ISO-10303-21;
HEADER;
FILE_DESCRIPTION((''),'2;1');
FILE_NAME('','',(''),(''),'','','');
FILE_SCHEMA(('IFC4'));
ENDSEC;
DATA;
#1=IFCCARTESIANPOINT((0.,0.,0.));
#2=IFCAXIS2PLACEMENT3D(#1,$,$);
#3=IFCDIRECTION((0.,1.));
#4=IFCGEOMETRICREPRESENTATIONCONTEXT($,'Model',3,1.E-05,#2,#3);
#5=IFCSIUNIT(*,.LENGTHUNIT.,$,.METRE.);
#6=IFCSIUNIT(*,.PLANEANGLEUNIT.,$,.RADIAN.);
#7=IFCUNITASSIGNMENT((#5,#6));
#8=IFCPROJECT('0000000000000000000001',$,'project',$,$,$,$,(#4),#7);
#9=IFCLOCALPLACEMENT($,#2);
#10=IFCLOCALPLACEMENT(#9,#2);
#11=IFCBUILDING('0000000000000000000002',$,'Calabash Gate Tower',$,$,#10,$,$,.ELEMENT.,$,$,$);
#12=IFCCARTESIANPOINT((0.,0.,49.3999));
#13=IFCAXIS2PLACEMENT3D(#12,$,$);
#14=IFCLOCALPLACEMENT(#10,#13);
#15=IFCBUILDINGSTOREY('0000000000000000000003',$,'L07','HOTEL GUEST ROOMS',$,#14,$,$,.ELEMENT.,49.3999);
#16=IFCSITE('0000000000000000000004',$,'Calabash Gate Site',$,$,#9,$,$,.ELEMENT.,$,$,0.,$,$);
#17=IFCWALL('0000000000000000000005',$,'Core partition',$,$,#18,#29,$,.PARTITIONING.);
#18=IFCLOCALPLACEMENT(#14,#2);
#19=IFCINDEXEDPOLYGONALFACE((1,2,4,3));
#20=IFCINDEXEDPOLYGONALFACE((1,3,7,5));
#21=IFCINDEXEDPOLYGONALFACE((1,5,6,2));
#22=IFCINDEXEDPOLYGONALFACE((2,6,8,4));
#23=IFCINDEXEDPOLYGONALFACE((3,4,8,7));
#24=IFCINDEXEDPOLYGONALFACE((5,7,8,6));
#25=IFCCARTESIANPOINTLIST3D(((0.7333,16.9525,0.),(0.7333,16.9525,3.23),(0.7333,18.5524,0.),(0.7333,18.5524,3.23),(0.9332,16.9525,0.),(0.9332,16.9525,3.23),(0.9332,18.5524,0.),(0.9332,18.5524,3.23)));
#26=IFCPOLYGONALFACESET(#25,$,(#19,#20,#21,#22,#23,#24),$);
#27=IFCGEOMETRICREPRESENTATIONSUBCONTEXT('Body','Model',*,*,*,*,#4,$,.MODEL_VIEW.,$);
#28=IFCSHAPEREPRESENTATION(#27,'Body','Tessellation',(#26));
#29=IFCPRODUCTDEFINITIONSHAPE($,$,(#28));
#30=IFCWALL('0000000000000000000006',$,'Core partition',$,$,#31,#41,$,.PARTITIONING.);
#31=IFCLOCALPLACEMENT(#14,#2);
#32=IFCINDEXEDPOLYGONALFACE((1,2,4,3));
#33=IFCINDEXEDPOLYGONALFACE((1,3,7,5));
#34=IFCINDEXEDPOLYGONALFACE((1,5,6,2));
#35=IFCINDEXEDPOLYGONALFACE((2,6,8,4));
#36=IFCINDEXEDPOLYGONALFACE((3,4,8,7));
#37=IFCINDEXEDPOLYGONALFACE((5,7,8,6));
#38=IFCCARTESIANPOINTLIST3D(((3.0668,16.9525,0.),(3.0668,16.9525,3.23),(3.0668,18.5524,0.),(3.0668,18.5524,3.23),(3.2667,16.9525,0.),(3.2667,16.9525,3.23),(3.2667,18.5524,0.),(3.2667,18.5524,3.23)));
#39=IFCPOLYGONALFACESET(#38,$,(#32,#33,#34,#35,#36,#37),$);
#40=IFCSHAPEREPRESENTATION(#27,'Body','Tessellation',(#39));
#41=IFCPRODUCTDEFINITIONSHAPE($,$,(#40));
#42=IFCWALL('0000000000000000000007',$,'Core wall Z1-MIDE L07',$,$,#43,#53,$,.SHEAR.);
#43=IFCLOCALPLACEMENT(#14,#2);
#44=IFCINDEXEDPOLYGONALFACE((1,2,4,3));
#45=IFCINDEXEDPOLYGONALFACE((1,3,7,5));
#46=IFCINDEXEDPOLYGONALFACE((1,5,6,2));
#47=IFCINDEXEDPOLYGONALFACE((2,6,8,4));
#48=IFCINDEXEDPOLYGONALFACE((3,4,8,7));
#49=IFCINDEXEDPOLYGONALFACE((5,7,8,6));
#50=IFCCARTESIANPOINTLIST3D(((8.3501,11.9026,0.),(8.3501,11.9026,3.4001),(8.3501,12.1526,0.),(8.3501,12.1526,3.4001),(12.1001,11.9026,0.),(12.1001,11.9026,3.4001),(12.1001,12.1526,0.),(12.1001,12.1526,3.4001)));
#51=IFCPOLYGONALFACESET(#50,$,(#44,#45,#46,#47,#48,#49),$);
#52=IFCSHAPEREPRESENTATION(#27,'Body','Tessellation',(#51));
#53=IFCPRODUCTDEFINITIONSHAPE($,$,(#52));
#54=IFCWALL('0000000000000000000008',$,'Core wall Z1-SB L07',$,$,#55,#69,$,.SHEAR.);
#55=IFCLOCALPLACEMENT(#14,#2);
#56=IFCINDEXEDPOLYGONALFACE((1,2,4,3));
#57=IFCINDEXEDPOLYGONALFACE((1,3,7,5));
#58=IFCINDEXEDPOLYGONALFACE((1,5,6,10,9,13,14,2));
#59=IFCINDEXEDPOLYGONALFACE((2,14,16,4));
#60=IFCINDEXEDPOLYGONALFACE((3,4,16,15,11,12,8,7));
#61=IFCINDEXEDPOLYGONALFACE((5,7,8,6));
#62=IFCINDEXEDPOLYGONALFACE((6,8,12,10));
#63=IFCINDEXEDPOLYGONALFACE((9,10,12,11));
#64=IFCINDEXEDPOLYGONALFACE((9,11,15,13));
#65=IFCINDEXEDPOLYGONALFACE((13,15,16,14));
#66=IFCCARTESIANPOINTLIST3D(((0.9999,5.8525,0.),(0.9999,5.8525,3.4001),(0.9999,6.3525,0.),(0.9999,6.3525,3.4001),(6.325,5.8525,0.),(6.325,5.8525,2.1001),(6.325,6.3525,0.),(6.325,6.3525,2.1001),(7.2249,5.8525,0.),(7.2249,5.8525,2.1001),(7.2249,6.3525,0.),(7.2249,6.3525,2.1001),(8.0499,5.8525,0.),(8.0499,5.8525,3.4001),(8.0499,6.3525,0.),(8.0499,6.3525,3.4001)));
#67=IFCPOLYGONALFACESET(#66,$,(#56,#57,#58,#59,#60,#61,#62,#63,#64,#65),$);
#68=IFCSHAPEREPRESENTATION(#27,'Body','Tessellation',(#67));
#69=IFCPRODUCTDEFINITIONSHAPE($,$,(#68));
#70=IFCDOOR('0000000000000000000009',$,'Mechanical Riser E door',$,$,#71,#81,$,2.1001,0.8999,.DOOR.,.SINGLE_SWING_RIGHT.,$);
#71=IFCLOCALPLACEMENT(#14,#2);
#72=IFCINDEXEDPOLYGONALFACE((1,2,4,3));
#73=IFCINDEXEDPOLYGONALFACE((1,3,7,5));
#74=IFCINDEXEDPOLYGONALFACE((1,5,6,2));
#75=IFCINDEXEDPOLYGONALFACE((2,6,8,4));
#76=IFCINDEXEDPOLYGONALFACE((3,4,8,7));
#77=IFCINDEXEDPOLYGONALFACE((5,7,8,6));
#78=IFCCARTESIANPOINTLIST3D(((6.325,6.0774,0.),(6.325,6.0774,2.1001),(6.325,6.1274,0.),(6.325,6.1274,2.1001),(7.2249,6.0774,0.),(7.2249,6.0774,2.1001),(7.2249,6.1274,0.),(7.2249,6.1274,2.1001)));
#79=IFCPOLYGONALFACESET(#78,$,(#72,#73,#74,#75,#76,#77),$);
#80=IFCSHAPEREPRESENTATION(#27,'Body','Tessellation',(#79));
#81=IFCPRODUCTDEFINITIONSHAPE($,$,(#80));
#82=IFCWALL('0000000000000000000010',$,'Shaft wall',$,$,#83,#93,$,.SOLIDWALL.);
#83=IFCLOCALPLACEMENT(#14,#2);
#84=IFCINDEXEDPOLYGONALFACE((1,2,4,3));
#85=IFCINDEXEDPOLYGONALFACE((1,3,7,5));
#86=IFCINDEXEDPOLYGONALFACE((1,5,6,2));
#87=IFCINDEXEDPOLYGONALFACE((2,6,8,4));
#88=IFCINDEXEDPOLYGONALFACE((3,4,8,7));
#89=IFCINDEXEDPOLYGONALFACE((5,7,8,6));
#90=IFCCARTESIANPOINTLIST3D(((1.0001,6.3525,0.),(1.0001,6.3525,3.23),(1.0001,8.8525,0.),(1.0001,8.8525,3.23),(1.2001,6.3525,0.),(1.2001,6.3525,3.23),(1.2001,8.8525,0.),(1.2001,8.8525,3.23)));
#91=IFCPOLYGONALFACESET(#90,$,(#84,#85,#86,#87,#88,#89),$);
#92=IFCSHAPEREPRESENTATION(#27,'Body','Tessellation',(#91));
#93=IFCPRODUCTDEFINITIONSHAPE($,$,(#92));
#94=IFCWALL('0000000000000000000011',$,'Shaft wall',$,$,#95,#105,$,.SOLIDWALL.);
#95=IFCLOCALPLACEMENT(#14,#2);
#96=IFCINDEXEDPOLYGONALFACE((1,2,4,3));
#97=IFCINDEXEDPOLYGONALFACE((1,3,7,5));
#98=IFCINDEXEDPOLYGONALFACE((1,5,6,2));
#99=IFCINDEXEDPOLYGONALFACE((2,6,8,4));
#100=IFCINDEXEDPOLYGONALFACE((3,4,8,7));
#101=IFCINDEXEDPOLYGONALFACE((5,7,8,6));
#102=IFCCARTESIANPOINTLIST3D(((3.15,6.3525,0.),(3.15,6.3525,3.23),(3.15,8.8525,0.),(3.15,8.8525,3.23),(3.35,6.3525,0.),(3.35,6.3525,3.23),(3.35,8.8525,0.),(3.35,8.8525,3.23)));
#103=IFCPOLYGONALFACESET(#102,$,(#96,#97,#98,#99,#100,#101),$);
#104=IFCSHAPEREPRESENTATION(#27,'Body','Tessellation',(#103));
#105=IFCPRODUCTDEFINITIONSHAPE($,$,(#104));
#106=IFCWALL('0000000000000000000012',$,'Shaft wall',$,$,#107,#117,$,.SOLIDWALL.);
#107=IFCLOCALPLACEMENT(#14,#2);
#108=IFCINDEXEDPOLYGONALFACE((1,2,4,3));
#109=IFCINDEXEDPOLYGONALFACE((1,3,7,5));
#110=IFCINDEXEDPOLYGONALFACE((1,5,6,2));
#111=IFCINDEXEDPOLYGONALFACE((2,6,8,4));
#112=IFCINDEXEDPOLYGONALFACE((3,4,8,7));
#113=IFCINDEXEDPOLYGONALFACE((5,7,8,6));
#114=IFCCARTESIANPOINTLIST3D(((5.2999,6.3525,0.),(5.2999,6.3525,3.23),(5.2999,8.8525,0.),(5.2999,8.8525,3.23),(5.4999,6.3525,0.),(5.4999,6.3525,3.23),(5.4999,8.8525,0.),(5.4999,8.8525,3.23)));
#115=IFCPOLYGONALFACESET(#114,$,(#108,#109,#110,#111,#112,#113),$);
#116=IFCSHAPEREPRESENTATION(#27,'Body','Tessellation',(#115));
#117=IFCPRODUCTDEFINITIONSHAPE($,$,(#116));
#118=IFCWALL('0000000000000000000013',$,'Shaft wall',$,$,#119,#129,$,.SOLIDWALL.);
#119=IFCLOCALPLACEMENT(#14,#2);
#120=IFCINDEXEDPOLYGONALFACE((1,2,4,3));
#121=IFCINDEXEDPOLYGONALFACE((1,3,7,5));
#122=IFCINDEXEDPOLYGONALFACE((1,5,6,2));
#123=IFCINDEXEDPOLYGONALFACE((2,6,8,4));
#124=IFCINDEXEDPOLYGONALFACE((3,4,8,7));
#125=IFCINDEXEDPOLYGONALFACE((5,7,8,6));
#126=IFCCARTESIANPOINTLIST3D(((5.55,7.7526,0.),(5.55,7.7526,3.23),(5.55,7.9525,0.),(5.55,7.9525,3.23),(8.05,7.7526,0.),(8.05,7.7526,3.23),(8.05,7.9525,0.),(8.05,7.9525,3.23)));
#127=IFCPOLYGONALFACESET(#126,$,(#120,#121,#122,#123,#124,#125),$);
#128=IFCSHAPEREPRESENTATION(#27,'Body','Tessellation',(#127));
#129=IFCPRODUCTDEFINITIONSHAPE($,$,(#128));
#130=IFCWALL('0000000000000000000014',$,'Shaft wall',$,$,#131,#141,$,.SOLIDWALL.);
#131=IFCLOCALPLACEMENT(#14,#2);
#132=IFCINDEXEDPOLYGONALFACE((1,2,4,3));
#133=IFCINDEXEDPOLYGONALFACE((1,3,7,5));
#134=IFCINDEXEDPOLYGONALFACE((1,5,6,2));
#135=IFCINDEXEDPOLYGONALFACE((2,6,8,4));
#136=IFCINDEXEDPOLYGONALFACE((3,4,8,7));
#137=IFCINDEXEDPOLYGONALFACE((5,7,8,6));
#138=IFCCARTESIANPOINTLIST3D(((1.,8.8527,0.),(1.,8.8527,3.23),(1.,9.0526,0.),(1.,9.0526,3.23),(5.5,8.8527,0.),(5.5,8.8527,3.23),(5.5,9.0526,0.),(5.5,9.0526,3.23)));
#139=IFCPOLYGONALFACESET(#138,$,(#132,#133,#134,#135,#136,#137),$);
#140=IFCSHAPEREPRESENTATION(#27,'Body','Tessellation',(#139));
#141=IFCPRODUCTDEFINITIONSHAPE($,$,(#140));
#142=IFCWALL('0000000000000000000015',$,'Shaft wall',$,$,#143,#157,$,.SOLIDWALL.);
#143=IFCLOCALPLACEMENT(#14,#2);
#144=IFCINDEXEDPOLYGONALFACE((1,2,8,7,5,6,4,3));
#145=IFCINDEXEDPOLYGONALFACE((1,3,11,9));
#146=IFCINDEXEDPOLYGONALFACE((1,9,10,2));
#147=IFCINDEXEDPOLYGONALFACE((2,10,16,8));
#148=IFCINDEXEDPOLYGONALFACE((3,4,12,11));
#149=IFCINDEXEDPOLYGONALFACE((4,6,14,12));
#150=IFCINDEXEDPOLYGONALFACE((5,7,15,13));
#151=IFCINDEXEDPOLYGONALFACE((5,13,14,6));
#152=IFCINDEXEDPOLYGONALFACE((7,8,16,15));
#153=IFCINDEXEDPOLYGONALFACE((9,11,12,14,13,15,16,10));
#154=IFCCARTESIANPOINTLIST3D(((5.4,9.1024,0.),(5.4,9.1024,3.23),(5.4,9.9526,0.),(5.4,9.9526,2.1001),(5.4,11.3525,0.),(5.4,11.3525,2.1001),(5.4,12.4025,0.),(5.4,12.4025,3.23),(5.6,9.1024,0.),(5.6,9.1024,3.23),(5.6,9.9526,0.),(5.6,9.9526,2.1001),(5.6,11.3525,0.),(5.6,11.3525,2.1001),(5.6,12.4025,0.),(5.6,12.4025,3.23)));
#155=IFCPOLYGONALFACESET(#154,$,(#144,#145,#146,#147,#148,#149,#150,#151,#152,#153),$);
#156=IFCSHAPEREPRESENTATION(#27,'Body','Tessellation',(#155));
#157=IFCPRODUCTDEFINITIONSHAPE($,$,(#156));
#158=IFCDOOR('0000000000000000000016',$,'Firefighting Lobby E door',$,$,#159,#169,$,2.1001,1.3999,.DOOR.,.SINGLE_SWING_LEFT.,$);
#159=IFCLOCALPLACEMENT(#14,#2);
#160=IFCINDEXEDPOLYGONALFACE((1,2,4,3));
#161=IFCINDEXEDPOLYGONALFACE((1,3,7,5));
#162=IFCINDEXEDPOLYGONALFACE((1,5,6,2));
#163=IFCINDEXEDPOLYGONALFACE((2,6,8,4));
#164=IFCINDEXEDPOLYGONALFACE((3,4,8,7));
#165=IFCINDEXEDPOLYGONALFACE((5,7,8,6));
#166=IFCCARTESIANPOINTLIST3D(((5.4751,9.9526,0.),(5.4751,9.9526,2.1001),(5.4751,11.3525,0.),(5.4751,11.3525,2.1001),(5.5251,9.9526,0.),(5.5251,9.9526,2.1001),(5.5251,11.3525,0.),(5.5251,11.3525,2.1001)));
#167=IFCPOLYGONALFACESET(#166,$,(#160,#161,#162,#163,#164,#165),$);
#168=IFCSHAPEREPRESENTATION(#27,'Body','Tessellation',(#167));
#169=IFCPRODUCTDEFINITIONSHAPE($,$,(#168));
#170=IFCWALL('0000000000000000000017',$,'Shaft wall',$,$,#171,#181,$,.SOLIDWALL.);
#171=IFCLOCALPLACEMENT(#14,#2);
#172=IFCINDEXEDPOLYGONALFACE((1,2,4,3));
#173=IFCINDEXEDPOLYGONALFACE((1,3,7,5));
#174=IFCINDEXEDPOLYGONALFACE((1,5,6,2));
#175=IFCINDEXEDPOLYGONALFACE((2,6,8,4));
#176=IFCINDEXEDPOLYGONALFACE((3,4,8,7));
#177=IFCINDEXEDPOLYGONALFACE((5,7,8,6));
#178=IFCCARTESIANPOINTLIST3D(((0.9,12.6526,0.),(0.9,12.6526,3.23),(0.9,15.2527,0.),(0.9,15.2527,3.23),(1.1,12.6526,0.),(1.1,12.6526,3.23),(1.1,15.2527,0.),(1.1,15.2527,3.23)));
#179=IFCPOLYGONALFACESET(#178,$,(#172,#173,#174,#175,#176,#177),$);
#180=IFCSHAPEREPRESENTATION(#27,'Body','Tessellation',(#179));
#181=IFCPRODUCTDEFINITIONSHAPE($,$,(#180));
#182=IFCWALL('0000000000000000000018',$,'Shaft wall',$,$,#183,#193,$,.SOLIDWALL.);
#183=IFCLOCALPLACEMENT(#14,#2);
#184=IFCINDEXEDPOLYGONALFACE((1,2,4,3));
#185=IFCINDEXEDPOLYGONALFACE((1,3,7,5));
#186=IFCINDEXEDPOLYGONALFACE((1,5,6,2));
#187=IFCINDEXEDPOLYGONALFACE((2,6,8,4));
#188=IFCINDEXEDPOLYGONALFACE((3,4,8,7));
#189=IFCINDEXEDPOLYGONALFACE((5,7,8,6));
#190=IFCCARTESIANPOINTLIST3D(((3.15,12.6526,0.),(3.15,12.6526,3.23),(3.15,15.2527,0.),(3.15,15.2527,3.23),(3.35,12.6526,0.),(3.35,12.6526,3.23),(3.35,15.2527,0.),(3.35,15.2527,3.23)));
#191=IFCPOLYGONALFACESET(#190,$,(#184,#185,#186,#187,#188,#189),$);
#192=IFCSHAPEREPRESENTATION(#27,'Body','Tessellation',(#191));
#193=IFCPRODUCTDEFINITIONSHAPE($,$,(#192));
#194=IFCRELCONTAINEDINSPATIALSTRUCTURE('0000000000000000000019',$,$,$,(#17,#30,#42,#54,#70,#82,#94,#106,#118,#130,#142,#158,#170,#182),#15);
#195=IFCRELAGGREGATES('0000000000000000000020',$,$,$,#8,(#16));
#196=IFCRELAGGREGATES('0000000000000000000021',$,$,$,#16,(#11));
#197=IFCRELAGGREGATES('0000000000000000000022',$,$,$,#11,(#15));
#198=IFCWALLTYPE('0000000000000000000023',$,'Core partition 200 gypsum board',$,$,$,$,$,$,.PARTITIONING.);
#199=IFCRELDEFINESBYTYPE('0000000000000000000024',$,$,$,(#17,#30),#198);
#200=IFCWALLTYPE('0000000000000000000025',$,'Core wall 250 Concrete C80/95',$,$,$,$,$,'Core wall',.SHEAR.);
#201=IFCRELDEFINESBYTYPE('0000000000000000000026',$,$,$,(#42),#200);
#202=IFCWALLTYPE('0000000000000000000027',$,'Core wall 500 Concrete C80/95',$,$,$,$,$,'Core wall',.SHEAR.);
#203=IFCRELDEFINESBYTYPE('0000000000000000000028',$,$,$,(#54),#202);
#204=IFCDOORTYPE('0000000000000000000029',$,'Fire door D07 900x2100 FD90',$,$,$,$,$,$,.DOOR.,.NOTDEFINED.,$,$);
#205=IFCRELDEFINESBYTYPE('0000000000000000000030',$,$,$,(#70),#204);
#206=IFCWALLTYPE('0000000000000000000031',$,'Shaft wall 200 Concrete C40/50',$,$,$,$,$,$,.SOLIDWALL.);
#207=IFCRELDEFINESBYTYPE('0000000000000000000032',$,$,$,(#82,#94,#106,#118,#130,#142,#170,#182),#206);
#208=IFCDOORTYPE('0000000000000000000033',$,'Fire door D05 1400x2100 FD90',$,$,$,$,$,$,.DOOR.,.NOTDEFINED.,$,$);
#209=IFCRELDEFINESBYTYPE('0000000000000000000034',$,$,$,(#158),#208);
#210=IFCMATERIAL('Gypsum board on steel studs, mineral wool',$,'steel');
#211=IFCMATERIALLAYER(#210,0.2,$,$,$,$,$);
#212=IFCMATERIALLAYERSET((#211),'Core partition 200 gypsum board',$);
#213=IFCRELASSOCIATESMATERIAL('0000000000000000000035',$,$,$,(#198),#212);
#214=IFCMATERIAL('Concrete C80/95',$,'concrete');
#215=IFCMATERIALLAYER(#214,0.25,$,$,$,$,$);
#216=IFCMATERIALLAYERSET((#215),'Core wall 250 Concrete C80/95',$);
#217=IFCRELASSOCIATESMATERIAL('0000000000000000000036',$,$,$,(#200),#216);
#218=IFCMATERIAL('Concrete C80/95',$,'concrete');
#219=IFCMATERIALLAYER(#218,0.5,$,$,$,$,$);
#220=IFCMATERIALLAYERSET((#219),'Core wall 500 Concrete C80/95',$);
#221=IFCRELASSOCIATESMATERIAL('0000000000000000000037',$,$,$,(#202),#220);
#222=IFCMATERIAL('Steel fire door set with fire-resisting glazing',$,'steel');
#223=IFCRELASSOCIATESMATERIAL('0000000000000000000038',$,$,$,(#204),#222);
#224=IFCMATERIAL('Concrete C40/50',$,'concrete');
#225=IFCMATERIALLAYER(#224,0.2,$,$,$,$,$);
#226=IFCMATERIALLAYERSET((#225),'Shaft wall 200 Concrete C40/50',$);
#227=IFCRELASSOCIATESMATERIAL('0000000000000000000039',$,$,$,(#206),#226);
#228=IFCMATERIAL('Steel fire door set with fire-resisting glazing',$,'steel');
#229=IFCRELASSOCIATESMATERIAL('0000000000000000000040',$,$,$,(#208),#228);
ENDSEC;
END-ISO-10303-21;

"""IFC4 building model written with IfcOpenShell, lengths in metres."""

from ifc_helpers import new_model, si_unit, direction, frame, frame_2d, origin, place, context, subcontext, project, spatial, rectangle, extrude, material, layer, layer_set, type_object, element, fill, save


model = new_model("IFC4")

# Units and contexts
model_context = context("Model", 3, precision=1e-05, world=origin(), true_north=direction((0.0, 1.0)))
body_context = subcontext(model_context, "Body", "Model", "MODEL_VIEW")
ifc_project = project(units=[si_unit("LENGTHUNIT", "METRE"), si_unit("PLANEANGLEUNIT", "RADIAN")], contexts=[model_context])

# Site, building, storey
site_placement = place(None, origin())
site = spatial("IfcSite", under=ifc_project, at=site_placement, Name="Calabash Gate Site", CompositionType="ELEMENT", RefElevation=0.0)
building_placement = place(site_placement, origin())
building = spatial("IfcBuilding", under=site, at=building_placement, Name="Calabash Gate Tower", CompositionType="ELEMENT")
storey_placement = place(building_placement, frame((0.0, 0.0, 49.3999)))
storey = spatial("IfcBuildingStorey", under=building, at=storey_placement, Name="L07", Description="HOTEL GUEST ROOMS", CompositionType="ELEMENT", Elevation=49.3999)

# Walls
ifc_material_1 = material(Name="Gypsum board on steel studs, mineral wool", Category="steel")
ifc_layer_1 = layer(ifc_material_1, 0.2)
ifc_layer_set_1 = layer_set([ifc_layer_1], Name="Core partition 200 gypsum board")
wall_type_1 = type_object("IfcWallType", Name="Core partition 200 gypsum board", PredefinedType="PARTITIONING", material=ifc_layer_set_1)
for number, where, z_axis, x_axis, name in (
    (1, (0.8333, 16.9526, 0.0), (0.0, 0.0, 1.0), (0.0, 1.0, 0.0), "Core partition"),
    (2, (3.1667, 16.9526, 0.0), (0.0, 0.0, 1.0), (0.0, 1.0, 0.0), "Core partition"),
):
    element("IfcWall", number, at=place(storey_placement, frame(where, z_axis=z_axis, x_axis=x_axis)), inside=storey, type_object=wall_type_1, Name=name, PredefinedType="PARTITIONING", context=body_context, shape_type="SweptSolid", body=[
        extrude(rectangle(XDim=1.5999, YDim=0.2, at=frame_2d((0.7998, 0.0))), origin(), (0.0, 0.0, 1.0), 3.23),
    ])
ifc_material_2 = material(Name="Concrete C80/95", Category="concrete")
ifc_layer_2 = layer(ifc_material_2, 0.25)
ifc_layer_set_2 = layer_set([ifc_layer_2], Name="Core wall 250 Concrete C80/95")
wall_type_2 = type_object("IfcWallType", Name="Core wall 250 Concrete C80/95", ElementType="Core wall", PredefinedType="SHEAR", material=ifc_layer_set_2)
wall_1_placement = place(storey_placement, frame((8.3501, 12.0276, 0.0), z_axis=(0.0, 0.0, 1.0), x_axis=(1.0, 0.0, 0.0)))
element("IfcWall", 3, at=wall_1_placement, inside=storey, type_object=wall_type_2, Name="Core wall Z1-MIDE L07", PredefinedType="SHEAR", context=body_context, shape_type="SweptSolid", body=[
    extrude(rectangle(XDim=3.75, YDim=0.25, at=frame_2d((1.875, 0.0))), origin(), (0.0, 0.0, 1.0), 3.4001),
])

# Wall, opening, door
ifc_material_3 = material(Name="Concrete C80/95", Category="concrete")
ifc_layer_3 = layer(ifc_material_3, 0.5)
ifc_layer_set_3 = layer_set([ifc_layer_3], Name="Core wall 500 Concrete C80/95")
wall_type_3 = type_object("IfcWallType", Name="Core wall 500 Concrete C80/95", ElementType="Core wall", PredefinedType="SHEAR", material=ifc_layer_set_3)
wall_2_placement = place(storey_placement, frame((1.0, 6.1025, 0.0), z_axis=(0.0, 0.0, 1.0), x_axis=(1.0, 0.0, 0.0)))
wall_2 = element("IfcWall", 4, at=wall_2_placement, inside=storey, type_object=wall_type_3, Name="Core wall Z1-SB L07", PredefinedType="SHEAR", context=body_context, shape_type="SweptSolid", body=[
    extrude(rectangle(XDim=7.05, YDim=0.5, at=frame_2d((3.5249, 0.0))), origin(), (0.0, 0.0, 1.0), 3.4001),
])
opening_1_placement = place(wall_2_placement, frame((5.325, 0.0, 0.0)))
opening_1 = element("IfcOpeningElement", 5, at=opening_1_placement, cuts=wall_2, PredefinedType="OPENING", context=body_context, shape_type="SweptSolid", body=[
    extrude(rectangle(XDim=0.8999, YDim=2.1001, at=frame_2d((0.45, 1.05))), frame((0.0, 0.26, 0.0), z_axis=(0.0, -1.0, 0.0), x_axis=(1.0, 0.0, 0.0)), (0.0, 0.0, 1.0), 0.52),
])
ifc_material_4 = material(Name="Steel fire door set with fire-resisting glazing", Category="steel")
door_type_1 = type_object("IfcDoorType", Name="Fire door D07 900x2100 FD90", OperationType="NOTDEFINED", PredefinedType="DOOR", material=ifc_material_4)
door_1_placement = place(opening_1_placement, origin())
door_1 = element("IfcDoor", 6, at=door_1_placement, inside=storey, type_object=door_type_1, Name="Mechanical Riser E door", OperationType="SINGLE_SWING_RIGHT", OverallHeight=2.1001, OverallWidth=0.8999, PredefinedType="DOOR", context=body_context, shape_type="SweptSolid", body=[
    extrude(rectangle(XDim=0.8999, YDim=2.1001, at=frame_2d((0.45, 1.05))), frame((0.0, 0.0249, 0.0), z_axis=(0.0, -1.0, 0.0), x_axis=(1.0, 0.0, 0.0)), (0.0, 0.0, 1.0), 0.05),
])
fill(opening_1, door_1)

# Walls
ifc_material_5 = material(Name="Concrete C40/50", Category="concrete")
ifc_layer_4 = layer(ifc_material_5, 0.2)
ifc_layer_set_4 = layer_set([ifc_layer_4], Name="Shaft wall 200 Concrete C40/50")
wall_type_4 = type_object("IfcWallType", Name="Shaft wall 200 Concrete C40/50", PredefinedType="SOLIDWALL", material=ifc_layer_set_4)
for number, where, z_axis, x_axis, name in (
    (7, (1.1001, 6.3525, 0.0), (0.0, 0.0, 1.0), (0.0, 1.0, 0.0), "Shaft wall"),
    (8, (3.25, 6.3525, 0.0), (0.0, 0.0, 1.0), (0.0, 1.0, 0.0), "Shaft wall"),
    (9, (5.3999, 6.3525, 0.0), (0.0, 0.0, 1.0), (0.0, 1.0, 0.0), "Shaft wall"),
    (10, (5.55, 7.8525, 0.0), (0.0, 0.0, 1.0), (1.0, 0.0, 0.0), "Shaft wall"),
):
    element("IfcWall", number, at=place(storey_placement, frame(where, z_axis=z_axis, x_axis=x_axis)), inside=storey, type_object=wall_type_4, Name=name, PredefinedType="SOLIDWALL", context=body_context, shape_type="SweptSolid", body=[
        extrude(rectangle(XDim=2.5, YDim=0.2, at=frame_2d((1.25, 0.0))), origin(), (0.0, 0.0, 1.0), 3.23),
    ])
wall_3_placement = place(storey_placement, frame((1.0, 8.9526, 0.0), z_axis=(0.0, 0.0, 1.0), x_axis=(1.0, 0.0, 0.0)))
element("IfcWall", 11, at=wall_3_placement, inside=storey, type_object=wall_type_4, Name="Shaft wall", PredefinedType="SOLIDWALL", context=body_context, shape_type="SweptSolid", body=[
    extrude(rectangle(XDim=4.5, YDim=0.2, at=frame_2d((2.25, 0.0))), origin(), (0.0, 0.0, 1.0), 3.23),
])

# Wall, opening, door
wall_4_placement = place(storey_placement, frame((5.5, 9.1025, 0.0), z_axis=(0.0, 0.0, 1.0), x_axis=(0.0, 1.0, 0.0)))
wall_4 = element("IfcWall", 12, at=wall_4_placement, inside=storey, type_object=wall_type_4, Name="Shaft wall", PredefinedType="SOLIDWALL", context=body_context, shape_type="SweptSolid", body=[
    extrude(rectangle(XDim=3.3, YDim=0.2, at=frame_2d((1.6499, 0.0))), origin(), (0.0, 0.0, 1.0), 3.23),
])
opening_2_placement = place(wall_4_placement, frame((0.8501, 0.0, 0.0)))
opening_2 = element("IfcOpeningElement", 13, at=opening_2_placement, cuts=wall_4, PredefinedType="OPENING", context=body_context, shape_type="SweptSolid", body=[
    extrude(rectangle(XDim=1.3999, YDim=2.1001, at=frame_2d((0.7, 1.05))), frame((0.0, 0.1099, 0.0), z_axis=(0.0, -1.0, 0.0), x_axis=(1.0, 0.0, 0.0)), (0.0, 0.0, 1.0), 0.22),
])
ifc_material_6 = material(Name="Steel fire door set with fire-resisting glazing", Category="steel")
door_type_2 = type_object("IfcDoorType", Name="Fire door D05 1400x2100 FD90", OperationType="NOTDEFINED", PredefinedType="DOOR", material=ifc_material_6)
door_2_placement = place(opening_2_placement, origin())
door_2 = element("IfcDoor", 14, at=door_2_placement, inside=storey, type_object=door_type_2, Name="Firefighting Lobby E door", OperationType="SINGLE_SWING_LEFT", OverallHeight=2.1001, OverallWidth=1.3999, PredefinedType="DOOR", context=body_context, shape_type="SweptSolid", body=[
    extrude(rectangle(XDim=1.3999, YDim=2.1001, at=frame_2d((0.7, 1.05))), frame((0.0, 0.0249, 0.0), z_axis=(0.0, -1.0, 0.0), x_axis=(1.0, 0.0, 0.0)), (0.0, 0.0, 1.0), 0.05),
])
fill(opening_2, door_2)

# Walls
for number, where, z_axis, x_axis, name in (
    (15, (1.0, 12.6526, 0.0), (0.0, 0.0, 1.0), (0.0, 1.0, 0.0), "Shaft wall"),
    (16, (3.25, 12.6526, 0.0), (0.0, 0.0, 1.0), (0.0, 1.0, 0.0), "Shaft wall"),
):
    element("IfcWall", number, at=place(storey_placement, frame(where, z_axis=z_axis, x_axis=x_axis)), inside=storey, type_object=wall_type_4, Name=name, PredefinedType="SOLIDWALL", context=body_context, shape_type="SweptSolid", body=[
        extrude(rectangle(XDim=2.6001, YDim=0.2, at=frame_2d((1.3, 0.0))), origin(), (0.0, 0.0, 1.0), 3.23),
    ])

save(model, "model.ifc")
